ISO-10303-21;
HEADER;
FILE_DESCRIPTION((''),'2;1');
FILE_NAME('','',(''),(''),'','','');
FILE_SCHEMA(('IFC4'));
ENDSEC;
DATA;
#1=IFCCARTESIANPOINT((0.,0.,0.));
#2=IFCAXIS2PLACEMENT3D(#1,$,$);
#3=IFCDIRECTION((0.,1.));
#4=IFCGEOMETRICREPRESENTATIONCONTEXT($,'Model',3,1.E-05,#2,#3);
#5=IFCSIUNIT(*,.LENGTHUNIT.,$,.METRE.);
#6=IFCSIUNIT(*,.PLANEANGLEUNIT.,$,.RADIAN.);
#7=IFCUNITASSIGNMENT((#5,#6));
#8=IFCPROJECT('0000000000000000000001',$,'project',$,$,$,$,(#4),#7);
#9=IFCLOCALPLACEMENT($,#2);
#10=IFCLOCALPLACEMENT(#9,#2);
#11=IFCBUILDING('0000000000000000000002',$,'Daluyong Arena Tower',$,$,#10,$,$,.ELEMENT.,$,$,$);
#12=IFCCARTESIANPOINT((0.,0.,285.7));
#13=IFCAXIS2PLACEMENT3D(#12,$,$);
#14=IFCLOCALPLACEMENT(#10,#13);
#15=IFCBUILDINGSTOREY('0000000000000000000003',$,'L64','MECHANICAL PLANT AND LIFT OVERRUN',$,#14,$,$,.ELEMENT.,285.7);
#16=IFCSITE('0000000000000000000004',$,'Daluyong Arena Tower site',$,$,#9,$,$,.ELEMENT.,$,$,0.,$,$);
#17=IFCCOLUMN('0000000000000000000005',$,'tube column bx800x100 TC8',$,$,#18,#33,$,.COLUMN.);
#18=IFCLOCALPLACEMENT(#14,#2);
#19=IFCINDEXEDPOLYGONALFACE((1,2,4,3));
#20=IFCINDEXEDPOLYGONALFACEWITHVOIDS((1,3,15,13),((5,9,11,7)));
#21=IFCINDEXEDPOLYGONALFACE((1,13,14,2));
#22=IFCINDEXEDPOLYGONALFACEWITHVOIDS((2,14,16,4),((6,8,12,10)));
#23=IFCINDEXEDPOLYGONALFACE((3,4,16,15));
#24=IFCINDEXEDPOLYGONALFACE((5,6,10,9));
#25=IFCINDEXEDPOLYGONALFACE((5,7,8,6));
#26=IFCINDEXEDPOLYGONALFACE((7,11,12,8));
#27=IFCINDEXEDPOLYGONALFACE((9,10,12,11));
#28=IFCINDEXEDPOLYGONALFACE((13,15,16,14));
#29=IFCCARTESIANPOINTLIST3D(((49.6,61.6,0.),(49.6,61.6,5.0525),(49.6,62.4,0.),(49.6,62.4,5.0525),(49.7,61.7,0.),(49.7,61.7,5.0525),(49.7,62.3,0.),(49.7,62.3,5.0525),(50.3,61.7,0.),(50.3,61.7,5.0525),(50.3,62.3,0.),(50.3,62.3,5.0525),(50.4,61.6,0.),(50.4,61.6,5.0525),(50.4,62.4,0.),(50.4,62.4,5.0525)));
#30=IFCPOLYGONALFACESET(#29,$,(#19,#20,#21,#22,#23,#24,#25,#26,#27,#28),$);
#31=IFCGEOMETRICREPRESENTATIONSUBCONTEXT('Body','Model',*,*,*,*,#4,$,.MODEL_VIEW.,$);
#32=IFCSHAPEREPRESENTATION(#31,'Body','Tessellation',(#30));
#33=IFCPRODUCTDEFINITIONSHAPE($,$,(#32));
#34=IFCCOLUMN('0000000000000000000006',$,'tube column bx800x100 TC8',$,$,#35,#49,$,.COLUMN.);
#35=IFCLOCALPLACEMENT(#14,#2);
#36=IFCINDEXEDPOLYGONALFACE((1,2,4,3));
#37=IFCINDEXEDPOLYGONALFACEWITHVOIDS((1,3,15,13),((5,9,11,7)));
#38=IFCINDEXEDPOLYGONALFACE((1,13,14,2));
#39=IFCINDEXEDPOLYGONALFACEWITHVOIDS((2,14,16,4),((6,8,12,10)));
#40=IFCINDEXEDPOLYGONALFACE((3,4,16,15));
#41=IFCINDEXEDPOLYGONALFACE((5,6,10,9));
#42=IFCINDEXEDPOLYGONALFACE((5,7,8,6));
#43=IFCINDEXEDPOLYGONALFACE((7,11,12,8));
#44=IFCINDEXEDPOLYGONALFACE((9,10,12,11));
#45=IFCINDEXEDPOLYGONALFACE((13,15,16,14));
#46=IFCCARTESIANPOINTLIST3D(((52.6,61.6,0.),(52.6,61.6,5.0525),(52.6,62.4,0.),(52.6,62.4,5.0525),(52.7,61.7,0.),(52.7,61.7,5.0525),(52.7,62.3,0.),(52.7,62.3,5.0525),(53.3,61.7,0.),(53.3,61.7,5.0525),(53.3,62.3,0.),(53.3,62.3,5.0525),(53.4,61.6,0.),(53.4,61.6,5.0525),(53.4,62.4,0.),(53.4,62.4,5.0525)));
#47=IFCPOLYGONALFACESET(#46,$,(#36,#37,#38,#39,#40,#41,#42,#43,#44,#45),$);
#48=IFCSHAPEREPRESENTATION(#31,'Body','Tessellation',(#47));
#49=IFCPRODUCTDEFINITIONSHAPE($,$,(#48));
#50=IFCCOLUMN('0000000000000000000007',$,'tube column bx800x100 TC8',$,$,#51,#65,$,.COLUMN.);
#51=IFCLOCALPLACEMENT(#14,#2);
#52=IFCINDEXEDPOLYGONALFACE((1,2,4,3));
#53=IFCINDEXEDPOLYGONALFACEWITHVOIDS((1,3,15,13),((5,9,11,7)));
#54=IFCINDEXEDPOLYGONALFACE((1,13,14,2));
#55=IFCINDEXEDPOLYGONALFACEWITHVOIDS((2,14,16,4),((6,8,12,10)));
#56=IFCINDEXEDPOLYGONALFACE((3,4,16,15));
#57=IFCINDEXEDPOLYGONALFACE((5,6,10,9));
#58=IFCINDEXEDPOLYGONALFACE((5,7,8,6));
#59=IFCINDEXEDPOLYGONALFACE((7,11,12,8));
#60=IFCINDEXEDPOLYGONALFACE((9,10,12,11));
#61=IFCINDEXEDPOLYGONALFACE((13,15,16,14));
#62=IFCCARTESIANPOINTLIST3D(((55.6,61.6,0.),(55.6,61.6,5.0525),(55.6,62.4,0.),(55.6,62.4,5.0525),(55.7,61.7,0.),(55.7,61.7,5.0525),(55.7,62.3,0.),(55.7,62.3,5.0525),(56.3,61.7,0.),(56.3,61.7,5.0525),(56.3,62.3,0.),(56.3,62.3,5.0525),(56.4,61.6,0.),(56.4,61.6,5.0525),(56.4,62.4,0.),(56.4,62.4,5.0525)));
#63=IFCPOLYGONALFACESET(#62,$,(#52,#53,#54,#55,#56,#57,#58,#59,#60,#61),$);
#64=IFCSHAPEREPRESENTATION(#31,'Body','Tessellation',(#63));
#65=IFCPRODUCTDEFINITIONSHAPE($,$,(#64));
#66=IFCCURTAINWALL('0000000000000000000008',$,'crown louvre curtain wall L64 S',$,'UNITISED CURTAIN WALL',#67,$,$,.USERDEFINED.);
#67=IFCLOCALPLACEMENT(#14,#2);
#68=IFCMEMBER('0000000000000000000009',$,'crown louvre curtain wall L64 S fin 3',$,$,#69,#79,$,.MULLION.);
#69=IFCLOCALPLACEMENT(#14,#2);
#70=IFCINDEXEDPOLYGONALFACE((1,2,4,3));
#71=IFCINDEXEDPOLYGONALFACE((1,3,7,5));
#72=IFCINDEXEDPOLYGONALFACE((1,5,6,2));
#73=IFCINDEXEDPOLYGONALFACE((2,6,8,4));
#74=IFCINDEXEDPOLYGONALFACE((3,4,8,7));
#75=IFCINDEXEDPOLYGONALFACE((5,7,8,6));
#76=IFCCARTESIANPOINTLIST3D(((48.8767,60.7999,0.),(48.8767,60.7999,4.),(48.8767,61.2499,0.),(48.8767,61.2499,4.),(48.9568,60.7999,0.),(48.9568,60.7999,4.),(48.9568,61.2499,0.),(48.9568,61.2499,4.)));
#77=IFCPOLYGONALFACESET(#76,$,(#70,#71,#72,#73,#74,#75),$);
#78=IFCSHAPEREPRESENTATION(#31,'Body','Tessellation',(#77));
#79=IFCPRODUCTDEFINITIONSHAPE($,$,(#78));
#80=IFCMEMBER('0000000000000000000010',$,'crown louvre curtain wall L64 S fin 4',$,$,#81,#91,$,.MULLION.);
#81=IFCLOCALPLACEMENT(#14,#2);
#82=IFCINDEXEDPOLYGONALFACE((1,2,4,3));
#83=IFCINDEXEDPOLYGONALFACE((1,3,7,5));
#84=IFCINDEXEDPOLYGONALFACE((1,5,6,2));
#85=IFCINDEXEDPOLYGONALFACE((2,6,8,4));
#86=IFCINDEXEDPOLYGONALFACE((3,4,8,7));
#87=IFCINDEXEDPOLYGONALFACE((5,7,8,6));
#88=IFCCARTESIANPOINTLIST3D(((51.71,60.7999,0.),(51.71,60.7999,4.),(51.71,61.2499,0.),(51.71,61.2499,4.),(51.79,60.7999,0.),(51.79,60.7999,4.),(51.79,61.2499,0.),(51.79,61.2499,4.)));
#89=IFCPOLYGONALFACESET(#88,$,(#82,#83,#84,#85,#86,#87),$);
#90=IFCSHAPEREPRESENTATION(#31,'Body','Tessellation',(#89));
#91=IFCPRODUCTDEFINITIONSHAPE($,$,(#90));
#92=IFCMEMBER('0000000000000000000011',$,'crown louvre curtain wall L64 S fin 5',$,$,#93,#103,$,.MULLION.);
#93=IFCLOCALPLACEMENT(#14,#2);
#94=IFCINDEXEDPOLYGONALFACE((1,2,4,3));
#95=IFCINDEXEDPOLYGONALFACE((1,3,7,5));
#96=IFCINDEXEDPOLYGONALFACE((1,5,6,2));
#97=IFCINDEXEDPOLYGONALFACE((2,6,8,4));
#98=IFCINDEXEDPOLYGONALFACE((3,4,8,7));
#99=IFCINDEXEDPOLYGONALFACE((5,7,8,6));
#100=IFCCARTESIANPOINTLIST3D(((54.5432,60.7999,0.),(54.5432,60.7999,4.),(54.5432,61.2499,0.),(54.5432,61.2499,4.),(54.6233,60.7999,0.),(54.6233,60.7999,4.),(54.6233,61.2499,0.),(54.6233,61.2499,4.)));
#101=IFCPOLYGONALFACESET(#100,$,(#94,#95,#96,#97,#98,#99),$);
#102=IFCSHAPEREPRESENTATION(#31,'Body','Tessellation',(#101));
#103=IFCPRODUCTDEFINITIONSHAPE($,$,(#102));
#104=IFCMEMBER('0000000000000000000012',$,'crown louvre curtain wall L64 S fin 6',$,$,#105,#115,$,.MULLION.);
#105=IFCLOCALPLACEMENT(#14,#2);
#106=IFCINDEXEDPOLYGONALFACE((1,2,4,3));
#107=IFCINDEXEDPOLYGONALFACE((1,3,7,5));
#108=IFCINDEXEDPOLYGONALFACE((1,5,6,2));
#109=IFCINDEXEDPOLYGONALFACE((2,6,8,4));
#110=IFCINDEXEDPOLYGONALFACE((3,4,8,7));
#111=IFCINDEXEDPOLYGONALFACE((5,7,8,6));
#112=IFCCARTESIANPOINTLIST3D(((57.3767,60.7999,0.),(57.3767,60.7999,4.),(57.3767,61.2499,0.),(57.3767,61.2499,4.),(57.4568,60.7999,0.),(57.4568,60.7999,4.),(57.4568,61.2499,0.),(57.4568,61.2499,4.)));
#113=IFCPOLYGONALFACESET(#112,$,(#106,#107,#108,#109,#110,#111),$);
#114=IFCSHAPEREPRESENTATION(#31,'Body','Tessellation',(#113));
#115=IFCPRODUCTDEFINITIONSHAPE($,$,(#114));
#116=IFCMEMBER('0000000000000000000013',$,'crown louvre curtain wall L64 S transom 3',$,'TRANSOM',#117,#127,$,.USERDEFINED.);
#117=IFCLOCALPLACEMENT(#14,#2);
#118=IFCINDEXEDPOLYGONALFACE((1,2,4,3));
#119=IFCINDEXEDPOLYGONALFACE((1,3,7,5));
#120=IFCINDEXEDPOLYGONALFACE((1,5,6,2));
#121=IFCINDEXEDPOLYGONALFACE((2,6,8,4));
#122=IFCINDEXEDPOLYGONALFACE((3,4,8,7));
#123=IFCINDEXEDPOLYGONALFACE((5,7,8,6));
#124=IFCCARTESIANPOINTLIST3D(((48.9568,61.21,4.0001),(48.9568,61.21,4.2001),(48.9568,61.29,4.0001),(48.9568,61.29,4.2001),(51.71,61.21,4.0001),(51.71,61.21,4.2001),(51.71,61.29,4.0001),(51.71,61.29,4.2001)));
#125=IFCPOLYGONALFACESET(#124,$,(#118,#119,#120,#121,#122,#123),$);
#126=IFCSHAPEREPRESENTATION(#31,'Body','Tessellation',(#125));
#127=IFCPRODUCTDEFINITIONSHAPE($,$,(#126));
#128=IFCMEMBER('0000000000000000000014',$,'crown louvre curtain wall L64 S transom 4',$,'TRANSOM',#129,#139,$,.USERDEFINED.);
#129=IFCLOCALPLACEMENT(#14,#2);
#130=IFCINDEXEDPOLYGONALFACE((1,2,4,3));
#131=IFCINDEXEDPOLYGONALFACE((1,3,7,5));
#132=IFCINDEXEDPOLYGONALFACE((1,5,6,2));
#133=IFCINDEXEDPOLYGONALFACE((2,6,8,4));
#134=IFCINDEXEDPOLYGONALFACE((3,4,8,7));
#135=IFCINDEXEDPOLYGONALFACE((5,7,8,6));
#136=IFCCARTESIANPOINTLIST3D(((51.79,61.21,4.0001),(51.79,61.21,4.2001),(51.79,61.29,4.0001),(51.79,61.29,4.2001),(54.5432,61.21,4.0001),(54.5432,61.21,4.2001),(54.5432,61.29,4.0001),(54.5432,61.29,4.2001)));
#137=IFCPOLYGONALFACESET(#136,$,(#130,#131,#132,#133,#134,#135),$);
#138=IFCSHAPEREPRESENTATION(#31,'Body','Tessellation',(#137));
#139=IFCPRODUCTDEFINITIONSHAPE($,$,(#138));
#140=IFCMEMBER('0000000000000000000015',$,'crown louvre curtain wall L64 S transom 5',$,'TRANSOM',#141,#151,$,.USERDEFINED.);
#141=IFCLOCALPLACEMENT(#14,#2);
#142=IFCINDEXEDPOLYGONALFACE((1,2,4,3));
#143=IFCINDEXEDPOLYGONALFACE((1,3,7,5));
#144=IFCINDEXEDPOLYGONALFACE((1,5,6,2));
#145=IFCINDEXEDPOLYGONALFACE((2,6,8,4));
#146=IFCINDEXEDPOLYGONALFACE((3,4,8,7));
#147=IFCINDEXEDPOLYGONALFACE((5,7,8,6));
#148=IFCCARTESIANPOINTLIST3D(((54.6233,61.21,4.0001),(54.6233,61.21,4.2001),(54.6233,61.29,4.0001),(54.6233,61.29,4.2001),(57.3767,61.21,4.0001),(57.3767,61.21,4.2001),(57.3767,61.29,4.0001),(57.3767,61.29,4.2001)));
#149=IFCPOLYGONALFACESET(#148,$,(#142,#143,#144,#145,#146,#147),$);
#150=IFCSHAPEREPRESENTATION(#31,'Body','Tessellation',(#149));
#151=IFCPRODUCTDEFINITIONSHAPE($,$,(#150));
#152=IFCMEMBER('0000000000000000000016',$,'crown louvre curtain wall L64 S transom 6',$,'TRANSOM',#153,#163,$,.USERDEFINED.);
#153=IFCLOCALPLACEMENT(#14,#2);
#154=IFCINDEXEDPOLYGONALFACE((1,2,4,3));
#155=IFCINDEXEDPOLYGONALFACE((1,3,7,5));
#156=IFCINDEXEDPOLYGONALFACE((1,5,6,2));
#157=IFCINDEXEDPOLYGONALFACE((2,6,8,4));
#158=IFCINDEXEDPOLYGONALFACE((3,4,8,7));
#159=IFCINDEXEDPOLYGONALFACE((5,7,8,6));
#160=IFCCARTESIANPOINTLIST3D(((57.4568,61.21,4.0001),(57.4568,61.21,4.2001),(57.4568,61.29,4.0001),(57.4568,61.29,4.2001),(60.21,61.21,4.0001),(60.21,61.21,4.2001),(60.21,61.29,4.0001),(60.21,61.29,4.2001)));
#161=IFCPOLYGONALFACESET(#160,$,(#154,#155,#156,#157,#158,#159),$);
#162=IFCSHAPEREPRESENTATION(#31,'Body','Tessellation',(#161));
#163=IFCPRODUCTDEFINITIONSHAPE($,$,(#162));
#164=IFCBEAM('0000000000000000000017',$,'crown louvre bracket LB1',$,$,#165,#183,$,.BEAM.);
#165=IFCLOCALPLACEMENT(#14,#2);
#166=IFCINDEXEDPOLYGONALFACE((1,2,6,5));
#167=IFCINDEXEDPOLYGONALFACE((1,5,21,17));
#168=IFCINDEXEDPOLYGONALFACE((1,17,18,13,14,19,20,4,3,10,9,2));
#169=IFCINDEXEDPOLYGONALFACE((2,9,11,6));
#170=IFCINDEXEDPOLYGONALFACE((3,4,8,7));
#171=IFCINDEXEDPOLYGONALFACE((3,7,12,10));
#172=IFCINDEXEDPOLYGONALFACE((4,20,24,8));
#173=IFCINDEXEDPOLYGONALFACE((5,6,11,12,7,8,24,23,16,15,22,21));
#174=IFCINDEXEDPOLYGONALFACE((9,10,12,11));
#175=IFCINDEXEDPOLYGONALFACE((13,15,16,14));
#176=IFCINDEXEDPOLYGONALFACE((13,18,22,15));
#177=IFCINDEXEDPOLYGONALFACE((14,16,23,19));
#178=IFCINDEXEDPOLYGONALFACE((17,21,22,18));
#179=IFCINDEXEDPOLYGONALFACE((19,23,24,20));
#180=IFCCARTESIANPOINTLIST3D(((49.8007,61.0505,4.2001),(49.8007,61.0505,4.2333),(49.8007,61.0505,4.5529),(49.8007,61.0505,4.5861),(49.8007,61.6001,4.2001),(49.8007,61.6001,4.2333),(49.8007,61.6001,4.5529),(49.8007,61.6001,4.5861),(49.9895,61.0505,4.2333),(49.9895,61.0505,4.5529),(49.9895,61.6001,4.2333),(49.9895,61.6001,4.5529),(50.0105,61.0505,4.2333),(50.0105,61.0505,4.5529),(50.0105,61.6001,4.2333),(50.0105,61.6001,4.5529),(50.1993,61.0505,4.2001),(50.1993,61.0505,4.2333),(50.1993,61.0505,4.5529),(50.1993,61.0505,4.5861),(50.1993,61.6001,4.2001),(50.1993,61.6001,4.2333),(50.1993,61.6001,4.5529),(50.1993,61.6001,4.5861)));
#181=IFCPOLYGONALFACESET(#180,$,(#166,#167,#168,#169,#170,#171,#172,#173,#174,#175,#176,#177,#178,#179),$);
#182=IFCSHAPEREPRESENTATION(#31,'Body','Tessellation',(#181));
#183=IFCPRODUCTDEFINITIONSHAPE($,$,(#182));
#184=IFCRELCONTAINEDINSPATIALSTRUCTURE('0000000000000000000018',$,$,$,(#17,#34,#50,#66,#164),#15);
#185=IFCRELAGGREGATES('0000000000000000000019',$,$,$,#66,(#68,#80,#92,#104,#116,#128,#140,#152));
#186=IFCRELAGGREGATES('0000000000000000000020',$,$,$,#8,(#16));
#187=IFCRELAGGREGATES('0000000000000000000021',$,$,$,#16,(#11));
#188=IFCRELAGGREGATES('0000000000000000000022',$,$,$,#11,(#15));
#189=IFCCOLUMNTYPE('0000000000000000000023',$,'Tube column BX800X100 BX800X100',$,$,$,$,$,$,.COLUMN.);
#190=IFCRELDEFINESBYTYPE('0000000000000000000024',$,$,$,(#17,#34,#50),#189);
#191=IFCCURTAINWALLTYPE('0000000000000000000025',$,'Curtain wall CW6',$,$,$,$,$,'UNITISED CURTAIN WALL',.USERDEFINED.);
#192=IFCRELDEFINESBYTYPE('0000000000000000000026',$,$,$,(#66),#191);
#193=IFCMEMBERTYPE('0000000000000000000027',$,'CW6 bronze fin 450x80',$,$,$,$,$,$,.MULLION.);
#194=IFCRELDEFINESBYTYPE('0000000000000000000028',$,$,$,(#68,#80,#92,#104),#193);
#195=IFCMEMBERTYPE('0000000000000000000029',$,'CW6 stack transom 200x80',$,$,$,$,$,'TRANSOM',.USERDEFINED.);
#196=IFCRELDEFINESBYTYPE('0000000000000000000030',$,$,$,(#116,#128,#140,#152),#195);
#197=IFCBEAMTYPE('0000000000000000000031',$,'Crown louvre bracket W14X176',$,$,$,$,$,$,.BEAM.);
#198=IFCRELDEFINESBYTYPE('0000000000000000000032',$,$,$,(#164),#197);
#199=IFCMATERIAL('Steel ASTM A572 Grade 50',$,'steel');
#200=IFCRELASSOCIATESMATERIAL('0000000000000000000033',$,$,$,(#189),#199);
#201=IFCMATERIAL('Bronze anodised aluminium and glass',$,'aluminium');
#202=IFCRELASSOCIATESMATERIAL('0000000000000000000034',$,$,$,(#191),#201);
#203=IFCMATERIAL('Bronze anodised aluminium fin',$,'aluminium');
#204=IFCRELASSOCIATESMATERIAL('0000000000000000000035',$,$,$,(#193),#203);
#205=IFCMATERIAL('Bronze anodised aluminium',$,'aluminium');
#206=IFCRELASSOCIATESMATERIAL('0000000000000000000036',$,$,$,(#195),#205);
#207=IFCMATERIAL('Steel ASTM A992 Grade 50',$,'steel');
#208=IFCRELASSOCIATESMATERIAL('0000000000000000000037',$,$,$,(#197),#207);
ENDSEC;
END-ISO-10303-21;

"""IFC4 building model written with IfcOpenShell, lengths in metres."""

from ifc_helpers import new_model, si_unit, direction, frame, origin, origin_2d, place, context, subcontext, project, spatial, rectangle, hollow_rectangle, i_section, extrude, material, material_profile, profile_set, type_object, element, aggregate, save


model = new_model("IFC4")

# Units and contexts
model_context = context("Model", 3, precision=1e-05, world=origin(), true_north=direction((0.0, 1.0)))
body_context = subcontext(model_context, "Body", "Model", "MODEL_VIEW")
ifc_project = project(units=[si_unit("LENGTHUNIT", "METRE"), si_unit("PLANEANGLEUNIT", "RADIAN")], contexts=[model_context])

# Site, building, storey
site_placement = place(None, origin())
site = spatial("IfcSite", under=ifc_project, at=site_placement, Name="Daluyong Arena Tower site", CompositionType="ELEMENT", RefElevation=0.0)
building_placement = place(site_placement, origin())
building = spatial("IfcBuilding", under=site, at=building_placement, Name="Daluyong Arena Tower", CompositionType="ELEMENT")
storey_placement = place(building_placement, frame((0.0, 0.0, 285.7)))
storey = spatial("IfcBuildingStorey", under=building, at=storey_placement, Name="L64", Description="MECHANICAL PLANT AND LIFT OVERRUN", CompositionType="ELEMENT", Elevation=285.7)

# Columns
ifc_material_1 = material(Name="Steel ASTM A572 Grade 50", Category="steel")
ifc_material_profile_1 = material_profile(ifc_material_1, hollow_rectangle(XDim=0.8, YDim=0.8, WallThickness=0.1, at=origin_2d()))
ifc_profile_set_1 = profile_set([ifc_material_profile_1], Name="Steel ASTM A572 Grade 50")
column_type = type_object("IfcColumnType", Name="Tube column BX800X100 BX800X100", PredefinedType="COLUMN", material=ifc_profile_set_1)
for number, where, z_axis, x_axis, name in (
    (1, (50.0, 62.0, 0.0), (0.0, 0.0, 1.0), (1.0, 0.0, 0.0), "tube column bx800x100 TC8"),
    (2, (53.0, 62.0, 0.0), (0.0, 0.0, 1.0), (1.0, 0.0, 0.0), "tube column bx800x100 TC8"),
    (3, (56.0, 62.0, 0.0), (0.0, 0.0, 1.0), (1.0, 0.0, 0.0), "tube column bx800x100 TC8"),
):
    element("IfcColumn", number, at=place(storey_placement, frame(where, z_axis=z_axis, x_axis=x_axis)), inside=storey, type_object=column_type, Name=name, PredefinedType="COLUMN", context=body_context, shape_type="SweptSolid", body=[
        extrude(hollow_rectangle(XDim=0.8, YDim=0.8, WallThickness=0.1, at=origin_2d()), origin(), (0.0, 0.0, 1.0), 5.0525),
    ])

# Curtain wall, members
ifc_material_2 = material(Name="Bronze anodised aluminium and glass", Category="aluminium")
curtain_wall_type = type_object("IfcCurtainWallType", Name="Curtain wall CW6", ElementType="UNITISED CURTAIN WALL", PredefinedType="USERDEFINED", material=ifc_material_2)
curtain_wall_placement = place(storey_placement, origin())
curtain_wall = element("IfcCurtainWall", 4, at=curtain_wall_placement, inside=storey, type_object=curtain_wall_type, Name="crown louvre curtain wall L64 S", ObjectType="UNITISED CURTAIN WALL", PredefinedType="USERDEFINED")
ifc_material_3 = material(Name="Bronze anodised aluminium fin", Category="aluminium")
ifc_material_profile_2 = material_profile(ifc_material_3, rectangle(XDim=0.45, YDim=0.0801, at=origin_2d()))
ifc_profile_set_2 = profile_set([ifc_material_profile_2], Name="Bronze anodised aluminium fin")
member_type_1 = type_object("IfcMemberType", Name="CW6 bronze fin 450x80", PredefinedType="MULLION", material=ifc_profile_set_2)
member_1_placement = place(storey_placement, frame((48.9167, 61.0249, 0.0), z_axis=(0.0, 0.0, 1.0), x_axis=(0.0, 1.0, 0.0)))
member_1 = element("IfcMember", 5, at=member_1_placement, type_object=member_type_1, Name="crown louvre curtain wall L64 S fin 3", PredefinedType="MULLION", context=body_context, shape_type="SweptSolid", body=[
    extrude(rectangle(XDim=0.45, YDim=0.0801, at=origin_2d()), origin(), (0.0, 0.0, 1.0), 4.0),
])
member_2_placement = place(storey_placement, frame((51.75, 61.0249, 0.0), z_axis=(0.0, 0.0, 1.0), x_axis=(0.0, 1.0, 0.0)))
member_2 = element("IfcMember", 6, at=member_2_placement, type_object=member_type_1, Name="crown louvre curtain wall L64 S fin 4", PredefinedType="MULLION", context=body_context, shape_type="SweptSolid", body=[
    extrude(rectangle(XDim=0.45, YDim=0.0801, at=origin_2d()), origin(), (0.0, 0.0, 1.0), 4.0),
])
member_3_placement = place(storey_placement, frame((54.5833, 61.0249, 0.0), z_axis=(0.0, 0.0, 1.0), x_axis=(0.0, 1.0, 0.0)))
member_3 = element("IfcMember", 7, at=member_3_placement, type_object=member_type_1, Name="crown louvre curtain wall L64 S fin 5", PredefinedType="MULLION", context=body_context, shape_type="SweptSolid", body=[
    extrude(rectangle(XDim=0.45, YDim=0.0801, at=origin_2d()), origin(), (0.0, 0.0, 1.0), 4.0),
])
member_4_placement = place(storey_placement, frame((57.4167, 61.0249, 0.0), z_axis=(0.0, 0.0, 1.0), x_axis=(0.0, 1.0, 0.0)))
member_4 = element("IfcMember", 8, at=member_4_placement, type_object=member_type_1, Name="crown louvre curtain wall L64 S fin 6", PredefinedType="MULLION", context=body_context, shape_type="SweptSolid", body=[
    extrude(rectangle(XDim=0.45, YDim=0.0801, at=origin_2d()), origin(), (0.0, 0.0, 1.0), 4.0),
])
ifc_material_4 = material(Name="Bronze anodised aluminium", Category="aluminium")
ifc_material_profile_3 = material_profile(ifc_material_4, rectangle(XDim=0.0801, YDim=0.2, at=origin_2d()))
ifc_profile_set_3 = profile_set([ifc_material_profile_3], Name="Bronze anodised aluminium")
member_type_2 = type_object("IfcMemberType", Name="CW6 stack transom 200x80", ElementType="TRANSOM", PredefinedType="USERDEFINED", material=ifc_profile_set_3)
member_5_placement = place(storey_placement, frame((48.9568, 61.25, 4.1001), z_axis=(1.0, 0.0, 0.0), x_axis=(0.0, 1.0, 0.0)))
member_5 = element("IfcMember", 9, at=member_5_placement, type_object=member_type_2, Name="crown louvre curtain wall L64 S transom 3", ObjectType="TRANSOM", PredefinedType="USERDEFINED", context=body_context, shape_type="SweptSolid", body=[
    extrude(rectangle(XDim=0.0801, YDim=0.2, at=origin_2d()), origin(), (0.0, 0.0, 1.0), 2.7532),
])
member_6_placement = place(storey_placement, frame((51.79, 61.25, 4.1001), z_axis=(1.0, 0.0, 0.0), x_axis=(0.0, 1.0, 0.0)))
member_6 = element("IfcMember", 10, at=member_6_placement, type_object=member_type_2, Name="crown louvre curtain wall L64 S transom 4", ObjectType="TRANSOM", PredefinedType="USERDEFINED", context=body_context, shape_type="SweptSolid", body=[
    extrude(rectangle(XDim=0.0801, YDim=0.2, at=origin_2d()), origin(), (0.0, 0.0, 1.0), 2.7532),
])
member_7_placement = place(storey_placement, frame((54.6233, 61.25, 4.1001), z_axis=(1.0, 0.0, 0.0), x_axis=(0.0, 1.0, 0.0)))
member_7 = element("IfcMember", 11, at=member_7_placement, type_object=member_type_2, Name="crown louvre curtain wall L64 S transom 5", ObjectType="TRANSOM", PredefinedType="USERDEFINED", context=body_context, shape_type="SweptSolid", body=[
    extrude(rectangle(XDim=0.0801, YDim=0.2, at=origin_2d()), origin(), (0.0, 0.0, 1.0), 2.7534),
])
member_8_placement = place(storey_placement, frame((57.4568, 61.25, 4.1001), z_axis=(1.0, 0.0, 0.0), x_axis=(0.0, 1.0, 0.0)))
member_8 = element("IfcMember", 12, at=member_8_placement, type_object=member_type_2, Name="crown louvre curtain wall L64 S transom 6", ObjectType="TRANSOM", PredefinedType="USERDEFINED", context=body_context, shape_type="SweptSolid", body=[
    extrude(rectangle(XDim=0.0801, YDim=0.2, at=origin_2d()), origin(), (0.0, 0.0, 1.0), 2.7532),
])

# Beam
ifc_material_5 = material(Name="Steel ASTM A992 Grade 50", Category="steel")
ifc_material_profile_4 = material_profile(ifc_material_5, i_section(OverallWidth=0.3987, OverallDepth=0.386, WebThickness=0.021, FlangeThickness=0.0332, at=origin_2d()))
ifc_profile_set_4 = profile_set([ifc_material_profile_4], Name="Steel ASTM A992 Grade 50")
beam_type_1 = type_object("IfcBeamType", Name="Crown louvre bracket W14X176", PredefinedType="BEAM", material=ifc_profile_set_4)
for number, where, z_axis, x_axis, name in (
    (13, (50.0, 61.6001, 4.3931), (0.0, -1.0, 0.0), (1.0, 0.0, 0.0), "crown louvre bracket LB1"),
):
    element("IfcBeam", number, at=place(storey_placement, frame(where, z_axis=z_axis, x_axis=x_axis)), inside=storey, type_object=beam_type_1, Name=name, PredefinedType="BEAM", context=body_context, shape_type="SweptSolid", body=[
        extrude(i_section(OverallWidth=0.3987, OverallDepth=0.386, WebThickness=0.021, FlangeThickness=0.0332, at=origin_2d()), origin(), (0.0, 0.0, 1.0), 0.5496),
    ])

aggregate(curtain_wall, [member_1, member_2, member_3, member_4, member_5, member_6, member_7, member_8])

save(model, "model.ifc")
